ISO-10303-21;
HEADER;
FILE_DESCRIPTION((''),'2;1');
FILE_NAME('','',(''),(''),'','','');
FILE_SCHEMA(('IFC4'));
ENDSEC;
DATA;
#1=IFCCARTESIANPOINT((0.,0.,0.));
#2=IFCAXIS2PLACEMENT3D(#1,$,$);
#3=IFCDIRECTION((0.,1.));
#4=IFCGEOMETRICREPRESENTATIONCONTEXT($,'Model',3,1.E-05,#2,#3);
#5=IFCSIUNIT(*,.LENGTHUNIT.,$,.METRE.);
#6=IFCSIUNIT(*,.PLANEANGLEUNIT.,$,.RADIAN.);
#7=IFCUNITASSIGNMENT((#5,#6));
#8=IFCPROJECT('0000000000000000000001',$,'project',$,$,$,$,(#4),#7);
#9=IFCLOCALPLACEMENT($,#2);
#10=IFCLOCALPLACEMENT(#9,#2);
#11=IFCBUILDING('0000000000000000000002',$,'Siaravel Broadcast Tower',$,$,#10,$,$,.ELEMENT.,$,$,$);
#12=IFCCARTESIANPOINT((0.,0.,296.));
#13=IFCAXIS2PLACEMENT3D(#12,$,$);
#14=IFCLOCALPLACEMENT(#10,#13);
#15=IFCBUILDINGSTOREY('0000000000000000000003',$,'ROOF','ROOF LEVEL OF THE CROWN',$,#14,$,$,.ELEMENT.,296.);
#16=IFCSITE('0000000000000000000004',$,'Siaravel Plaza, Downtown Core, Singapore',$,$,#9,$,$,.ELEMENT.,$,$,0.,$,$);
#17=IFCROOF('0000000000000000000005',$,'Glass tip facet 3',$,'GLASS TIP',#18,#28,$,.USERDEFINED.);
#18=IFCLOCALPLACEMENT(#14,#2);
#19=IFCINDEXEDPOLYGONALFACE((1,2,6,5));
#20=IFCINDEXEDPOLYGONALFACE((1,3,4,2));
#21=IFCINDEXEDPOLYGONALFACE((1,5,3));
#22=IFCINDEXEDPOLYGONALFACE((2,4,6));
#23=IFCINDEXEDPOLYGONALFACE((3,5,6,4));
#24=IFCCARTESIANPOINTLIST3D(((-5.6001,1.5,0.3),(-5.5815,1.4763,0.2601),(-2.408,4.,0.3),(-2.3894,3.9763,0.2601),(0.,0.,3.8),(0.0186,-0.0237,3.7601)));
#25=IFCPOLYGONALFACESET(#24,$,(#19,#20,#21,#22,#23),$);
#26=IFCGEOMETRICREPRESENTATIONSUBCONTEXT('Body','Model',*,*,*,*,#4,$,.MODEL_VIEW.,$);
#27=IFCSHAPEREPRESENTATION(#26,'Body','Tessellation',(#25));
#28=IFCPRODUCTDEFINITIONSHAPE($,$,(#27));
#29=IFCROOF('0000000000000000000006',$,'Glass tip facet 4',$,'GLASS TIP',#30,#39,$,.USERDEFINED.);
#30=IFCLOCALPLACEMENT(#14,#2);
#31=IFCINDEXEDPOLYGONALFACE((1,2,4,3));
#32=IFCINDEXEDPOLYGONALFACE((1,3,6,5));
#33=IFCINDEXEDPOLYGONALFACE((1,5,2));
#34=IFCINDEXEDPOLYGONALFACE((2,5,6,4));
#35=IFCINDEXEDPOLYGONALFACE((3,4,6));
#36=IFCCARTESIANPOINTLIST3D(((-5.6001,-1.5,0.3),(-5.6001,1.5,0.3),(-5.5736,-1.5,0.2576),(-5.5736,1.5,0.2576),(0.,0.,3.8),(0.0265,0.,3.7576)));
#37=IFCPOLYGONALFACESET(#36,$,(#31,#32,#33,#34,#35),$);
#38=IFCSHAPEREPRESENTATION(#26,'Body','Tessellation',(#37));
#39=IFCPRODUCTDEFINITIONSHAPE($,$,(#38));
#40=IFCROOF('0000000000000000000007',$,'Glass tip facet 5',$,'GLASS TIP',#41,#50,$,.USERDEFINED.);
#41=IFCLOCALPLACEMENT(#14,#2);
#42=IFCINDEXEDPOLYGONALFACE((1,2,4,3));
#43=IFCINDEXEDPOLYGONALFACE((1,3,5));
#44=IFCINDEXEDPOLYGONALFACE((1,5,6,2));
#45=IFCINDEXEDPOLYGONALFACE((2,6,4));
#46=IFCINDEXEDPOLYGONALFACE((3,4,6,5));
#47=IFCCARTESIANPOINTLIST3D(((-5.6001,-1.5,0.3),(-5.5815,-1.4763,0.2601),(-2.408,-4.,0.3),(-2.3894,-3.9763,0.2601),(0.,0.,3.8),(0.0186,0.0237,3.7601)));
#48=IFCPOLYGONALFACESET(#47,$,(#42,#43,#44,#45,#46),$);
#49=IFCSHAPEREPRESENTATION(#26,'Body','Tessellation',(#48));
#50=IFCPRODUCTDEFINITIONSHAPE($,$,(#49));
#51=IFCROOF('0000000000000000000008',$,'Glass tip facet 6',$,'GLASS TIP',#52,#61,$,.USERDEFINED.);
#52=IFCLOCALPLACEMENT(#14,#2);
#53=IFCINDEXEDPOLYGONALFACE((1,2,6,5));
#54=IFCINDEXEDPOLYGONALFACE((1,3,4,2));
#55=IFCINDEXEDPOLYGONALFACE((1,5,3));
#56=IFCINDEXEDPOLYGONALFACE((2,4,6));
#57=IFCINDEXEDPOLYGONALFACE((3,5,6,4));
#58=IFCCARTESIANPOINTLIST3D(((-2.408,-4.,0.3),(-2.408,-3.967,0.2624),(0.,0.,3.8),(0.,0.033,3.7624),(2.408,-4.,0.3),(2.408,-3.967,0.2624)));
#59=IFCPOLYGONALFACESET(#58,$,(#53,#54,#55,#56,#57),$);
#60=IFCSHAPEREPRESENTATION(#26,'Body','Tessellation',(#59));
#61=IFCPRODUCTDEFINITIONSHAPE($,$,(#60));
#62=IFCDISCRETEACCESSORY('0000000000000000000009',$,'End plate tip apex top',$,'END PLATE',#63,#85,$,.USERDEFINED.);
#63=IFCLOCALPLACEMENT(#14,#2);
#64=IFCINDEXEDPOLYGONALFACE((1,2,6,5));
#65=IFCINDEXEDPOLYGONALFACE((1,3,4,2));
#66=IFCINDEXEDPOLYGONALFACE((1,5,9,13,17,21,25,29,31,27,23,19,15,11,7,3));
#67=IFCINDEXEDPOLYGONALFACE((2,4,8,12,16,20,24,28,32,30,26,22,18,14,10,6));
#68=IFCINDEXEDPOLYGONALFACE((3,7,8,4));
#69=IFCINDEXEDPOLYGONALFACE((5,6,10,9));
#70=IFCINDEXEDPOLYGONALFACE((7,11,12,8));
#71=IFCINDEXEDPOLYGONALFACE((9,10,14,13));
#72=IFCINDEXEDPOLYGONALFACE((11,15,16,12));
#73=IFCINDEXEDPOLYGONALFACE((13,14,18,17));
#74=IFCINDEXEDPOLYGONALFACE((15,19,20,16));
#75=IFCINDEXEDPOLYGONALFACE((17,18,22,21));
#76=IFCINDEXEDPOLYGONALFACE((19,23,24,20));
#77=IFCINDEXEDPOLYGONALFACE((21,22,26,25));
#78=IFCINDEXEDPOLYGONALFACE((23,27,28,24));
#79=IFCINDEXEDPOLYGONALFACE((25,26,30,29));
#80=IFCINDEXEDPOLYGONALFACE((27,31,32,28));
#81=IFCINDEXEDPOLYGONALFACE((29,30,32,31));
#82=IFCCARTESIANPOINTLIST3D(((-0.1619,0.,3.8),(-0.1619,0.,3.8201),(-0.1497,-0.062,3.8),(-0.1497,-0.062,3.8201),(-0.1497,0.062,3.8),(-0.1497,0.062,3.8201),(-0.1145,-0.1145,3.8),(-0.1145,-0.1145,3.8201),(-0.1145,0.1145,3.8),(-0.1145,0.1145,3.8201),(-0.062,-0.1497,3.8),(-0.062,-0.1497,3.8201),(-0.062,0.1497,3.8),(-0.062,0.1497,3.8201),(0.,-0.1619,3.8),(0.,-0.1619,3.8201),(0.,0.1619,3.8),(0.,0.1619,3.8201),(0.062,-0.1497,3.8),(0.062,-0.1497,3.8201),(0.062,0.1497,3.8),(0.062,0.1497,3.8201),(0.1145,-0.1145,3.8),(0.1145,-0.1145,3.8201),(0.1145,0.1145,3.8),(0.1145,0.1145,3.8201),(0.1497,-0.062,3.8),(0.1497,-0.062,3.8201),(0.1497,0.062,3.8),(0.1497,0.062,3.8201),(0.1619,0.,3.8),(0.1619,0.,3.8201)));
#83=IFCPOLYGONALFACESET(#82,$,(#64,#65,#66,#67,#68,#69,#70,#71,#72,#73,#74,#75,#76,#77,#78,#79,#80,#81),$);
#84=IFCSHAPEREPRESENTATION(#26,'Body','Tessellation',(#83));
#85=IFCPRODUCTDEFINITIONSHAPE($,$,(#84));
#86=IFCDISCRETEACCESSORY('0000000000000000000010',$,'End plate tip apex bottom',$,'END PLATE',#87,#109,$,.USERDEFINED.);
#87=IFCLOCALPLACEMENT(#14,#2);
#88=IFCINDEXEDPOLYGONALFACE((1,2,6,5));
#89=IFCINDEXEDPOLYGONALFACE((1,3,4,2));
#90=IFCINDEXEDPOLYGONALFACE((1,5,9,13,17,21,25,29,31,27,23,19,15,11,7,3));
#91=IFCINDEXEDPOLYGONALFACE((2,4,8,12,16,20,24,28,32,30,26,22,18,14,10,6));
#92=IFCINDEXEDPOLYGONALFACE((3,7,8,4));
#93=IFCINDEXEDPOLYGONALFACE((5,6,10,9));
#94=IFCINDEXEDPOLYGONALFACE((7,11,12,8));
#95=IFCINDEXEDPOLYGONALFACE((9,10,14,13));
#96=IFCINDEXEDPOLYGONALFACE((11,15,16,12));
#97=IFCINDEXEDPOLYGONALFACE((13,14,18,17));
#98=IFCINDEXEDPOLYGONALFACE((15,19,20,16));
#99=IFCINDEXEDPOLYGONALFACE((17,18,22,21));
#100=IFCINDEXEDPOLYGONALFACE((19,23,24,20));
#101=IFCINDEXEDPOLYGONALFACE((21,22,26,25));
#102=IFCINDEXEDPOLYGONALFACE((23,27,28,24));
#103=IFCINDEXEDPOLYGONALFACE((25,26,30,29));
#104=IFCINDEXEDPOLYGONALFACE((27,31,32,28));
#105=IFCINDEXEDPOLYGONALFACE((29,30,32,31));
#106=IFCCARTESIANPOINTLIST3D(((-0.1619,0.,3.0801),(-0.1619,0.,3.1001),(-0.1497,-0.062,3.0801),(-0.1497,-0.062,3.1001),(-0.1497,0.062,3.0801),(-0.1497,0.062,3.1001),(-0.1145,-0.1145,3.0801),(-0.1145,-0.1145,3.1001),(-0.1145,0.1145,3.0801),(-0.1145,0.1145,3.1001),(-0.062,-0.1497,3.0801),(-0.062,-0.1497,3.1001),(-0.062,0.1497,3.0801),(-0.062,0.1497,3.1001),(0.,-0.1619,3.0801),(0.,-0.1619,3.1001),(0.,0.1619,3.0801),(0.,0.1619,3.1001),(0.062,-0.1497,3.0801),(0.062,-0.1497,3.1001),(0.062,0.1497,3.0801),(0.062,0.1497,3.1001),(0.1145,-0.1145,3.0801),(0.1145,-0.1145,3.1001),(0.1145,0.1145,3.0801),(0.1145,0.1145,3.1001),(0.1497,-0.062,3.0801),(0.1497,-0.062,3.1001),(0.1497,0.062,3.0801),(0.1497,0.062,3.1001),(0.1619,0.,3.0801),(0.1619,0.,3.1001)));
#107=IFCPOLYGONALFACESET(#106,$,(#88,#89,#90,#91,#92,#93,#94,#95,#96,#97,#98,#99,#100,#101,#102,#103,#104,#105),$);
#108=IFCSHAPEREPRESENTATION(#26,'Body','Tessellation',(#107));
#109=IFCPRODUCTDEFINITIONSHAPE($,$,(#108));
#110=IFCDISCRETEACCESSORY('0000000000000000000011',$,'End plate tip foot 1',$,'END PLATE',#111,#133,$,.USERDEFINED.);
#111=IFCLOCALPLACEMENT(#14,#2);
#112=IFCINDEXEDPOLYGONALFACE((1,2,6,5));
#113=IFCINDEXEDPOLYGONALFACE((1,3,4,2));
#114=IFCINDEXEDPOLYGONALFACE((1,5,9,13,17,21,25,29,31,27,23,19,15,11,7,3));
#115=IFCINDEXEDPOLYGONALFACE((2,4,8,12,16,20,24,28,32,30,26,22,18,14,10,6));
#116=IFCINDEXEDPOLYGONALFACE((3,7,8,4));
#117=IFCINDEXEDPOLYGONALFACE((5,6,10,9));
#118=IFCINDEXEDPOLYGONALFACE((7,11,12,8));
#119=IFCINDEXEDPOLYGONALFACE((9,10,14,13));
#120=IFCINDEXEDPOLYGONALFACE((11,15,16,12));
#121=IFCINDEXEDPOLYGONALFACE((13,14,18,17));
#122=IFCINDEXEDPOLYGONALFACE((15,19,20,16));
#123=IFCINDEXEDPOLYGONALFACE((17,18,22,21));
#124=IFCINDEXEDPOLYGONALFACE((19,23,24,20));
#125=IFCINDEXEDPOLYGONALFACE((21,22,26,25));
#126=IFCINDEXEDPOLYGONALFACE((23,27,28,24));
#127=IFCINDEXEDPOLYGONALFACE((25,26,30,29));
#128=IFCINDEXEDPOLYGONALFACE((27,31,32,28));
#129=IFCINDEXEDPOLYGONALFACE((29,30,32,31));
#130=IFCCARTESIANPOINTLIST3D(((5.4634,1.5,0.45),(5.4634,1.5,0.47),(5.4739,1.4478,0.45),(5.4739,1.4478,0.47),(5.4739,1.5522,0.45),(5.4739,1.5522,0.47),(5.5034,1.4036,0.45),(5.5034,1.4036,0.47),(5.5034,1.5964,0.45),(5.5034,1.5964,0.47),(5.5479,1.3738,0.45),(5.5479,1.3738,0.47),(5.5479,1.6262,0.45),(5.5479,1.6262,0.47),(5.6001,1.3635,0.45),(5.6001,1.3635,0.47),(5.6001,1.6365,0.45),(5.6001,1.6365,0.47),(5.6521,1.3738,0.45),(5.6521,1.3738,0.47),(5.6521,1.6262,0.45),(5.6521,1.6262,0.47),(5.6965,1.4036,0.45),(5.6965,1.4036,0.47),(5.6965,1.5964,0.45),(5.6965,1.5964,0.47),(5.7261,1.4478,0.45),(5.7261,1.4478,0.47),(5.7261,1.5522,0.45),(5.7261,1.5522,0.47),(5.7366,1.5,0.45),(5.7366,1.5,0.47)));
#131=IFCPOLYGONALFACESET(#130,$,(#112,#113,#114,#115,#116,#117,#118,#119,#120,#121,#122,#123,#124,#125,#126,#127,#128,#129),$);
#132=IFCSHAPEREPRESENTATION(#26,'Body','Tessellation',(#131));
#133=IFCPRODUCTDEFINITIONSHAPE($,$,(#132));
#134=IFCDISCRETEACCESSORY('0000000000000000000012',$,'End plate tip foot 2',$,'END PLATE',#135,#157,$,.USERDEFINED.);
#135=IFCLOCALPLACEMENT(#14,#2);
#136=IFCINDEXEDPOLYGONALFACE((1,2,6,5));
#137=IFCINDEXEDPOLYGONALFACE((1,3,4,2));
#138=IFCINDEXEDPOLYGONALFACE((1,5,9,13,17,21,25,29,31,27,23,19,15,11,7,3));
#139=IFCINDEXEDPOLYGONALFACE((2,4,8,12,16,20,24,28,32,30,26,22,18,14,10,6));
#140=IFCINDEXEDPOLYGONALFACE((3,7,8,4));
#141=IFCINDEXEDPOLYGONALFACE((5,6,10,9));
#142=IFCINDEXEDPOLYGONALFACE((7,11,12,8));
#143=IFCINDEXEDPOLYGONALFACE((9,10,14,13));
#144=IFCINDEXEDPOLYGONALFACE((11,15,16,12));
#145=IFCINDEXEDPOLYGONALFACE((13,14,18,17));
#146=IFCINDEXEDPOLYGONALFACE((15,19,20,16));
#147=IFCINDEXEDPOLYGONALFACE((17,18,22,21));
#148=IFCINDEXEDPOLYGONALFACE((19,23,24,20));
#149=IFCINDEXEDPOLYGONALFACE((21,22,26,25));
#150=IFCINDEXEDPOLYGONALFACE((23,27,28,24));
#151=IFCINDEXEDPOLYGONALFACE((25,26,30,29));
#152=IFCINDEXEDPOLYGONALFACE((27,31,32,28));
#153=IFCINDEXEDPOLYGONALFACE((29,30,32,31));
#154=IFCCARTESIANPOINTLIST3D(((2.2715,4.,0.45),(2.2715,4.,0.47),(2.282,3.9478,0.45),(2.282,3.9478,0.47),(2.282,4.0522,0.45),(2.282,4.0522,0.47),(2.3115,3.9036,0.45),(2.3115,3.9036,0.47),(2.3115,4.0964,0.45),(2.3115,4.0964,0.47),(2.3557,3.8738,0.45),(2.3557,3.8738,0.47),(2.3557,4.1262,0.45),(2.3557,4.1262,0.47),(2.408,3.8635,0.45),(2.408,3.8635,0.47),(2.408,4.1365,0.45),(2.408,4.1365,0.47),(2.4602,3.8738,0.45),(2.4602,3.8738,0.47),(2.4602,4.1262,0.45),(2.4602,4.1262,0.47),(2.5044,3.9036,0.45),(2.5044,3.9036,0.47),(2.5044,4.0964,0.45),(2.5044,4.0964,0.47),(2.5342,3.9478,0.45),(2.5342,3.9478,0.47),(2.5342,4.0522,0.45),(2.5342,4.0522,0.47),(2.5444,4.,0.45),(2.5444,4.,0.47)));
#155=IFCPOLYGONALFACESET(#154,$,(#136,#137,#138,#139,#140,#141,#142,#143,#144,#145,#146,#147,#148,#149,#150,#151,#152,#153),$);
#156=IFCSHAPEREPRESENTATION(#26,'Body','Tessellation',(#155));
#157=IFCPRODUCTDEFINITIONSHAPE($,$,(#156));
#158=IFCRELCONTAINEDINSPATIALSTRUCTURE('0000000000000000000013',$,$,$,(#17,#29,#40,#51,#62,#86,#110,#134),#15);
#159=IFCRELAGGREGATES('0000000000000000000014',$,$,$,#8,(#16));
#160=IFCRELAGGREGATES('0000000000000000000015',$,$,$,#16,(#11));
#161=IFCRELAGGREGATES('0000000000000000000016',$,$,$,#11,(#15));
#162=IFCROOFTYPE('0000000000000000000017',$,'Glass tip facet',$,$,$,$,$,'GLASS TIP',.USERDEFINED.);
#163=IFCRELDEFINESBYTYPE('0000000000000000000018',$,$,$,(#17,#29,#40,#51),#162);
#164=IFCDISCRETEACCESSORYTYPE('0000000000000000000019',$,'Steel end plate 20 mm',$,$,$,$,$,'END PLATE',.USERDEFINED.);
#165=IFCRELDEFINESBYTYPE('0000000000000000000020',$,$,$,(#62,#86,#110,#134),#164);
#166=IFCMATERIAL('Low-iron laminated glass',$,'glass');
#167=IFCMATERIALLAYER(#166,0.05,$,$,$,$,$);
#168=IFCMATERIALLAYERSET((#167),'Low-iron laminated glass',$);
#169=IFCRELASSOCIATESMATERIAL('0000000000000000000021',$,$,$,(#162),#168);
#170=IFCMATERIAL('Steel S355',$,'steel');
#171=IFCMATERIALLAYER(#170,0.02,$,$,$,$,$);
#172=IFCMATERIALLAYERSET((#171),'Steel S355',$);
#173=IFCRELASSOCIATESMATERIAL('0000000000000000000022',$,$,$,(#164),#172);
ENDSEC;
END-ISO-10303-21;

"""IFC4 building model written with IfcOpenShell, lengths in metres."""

from ifc_helpers import new_model, si_unit, direction, frame, origin, place, context, subcontext, project, spatial, polyline, outline, extrude, material, layer, layer_set, type_object, element, save


model = new_model("IFC4")

# Units and contexts
model_context = context("Model", 3, precision=1e-05, world=origin(), true_north=direction((0.0, 1.0)))
body_context = subcontext(model_context, "Body", "Model", "MODEL_VIEW")
ifc_project = project(units=[si_unit("LENGTHUNIT", "METRE"), si_unit("PLANEANGLEUNIT", "RADIAN")], contexts=[model_context])

# Site, building, storey
site_placement = place(None, origin())
site = spatial("IfcSite", under=ifc_project, at=site_placement, Name="Siaravel Plaza, Downtown Core, Singapore", CompositionType="ELEMENT", RefElevation=0.0)
building_placement = place(site_placement, origin())
building = spatial("IfcBuilding", under=site, at=building_placement, Name="Siaravel Broadcast Tower", CompositionType="ELEMENT")
storey_placement = place(building_placement, frame((0.0, 0.0, 296.0)))
storey = spatial("IfcBuildingStorey", under=building, at=storey_placement, Name="ROOF", Description="ROOF LEVEL OF THE CROWN", CompositionType="ELEMENT", Elevation=296.0)

# Roofs
ifc_material_1 = material(Name="Low-iron laminated glass", Category="glass")
ifc_layer_1 = layer(ifc_material_1, 0.05)
ifc_layer_set_1 = layer_set([ifc_layer_1], Name="Low-iron laminated glass")
roof_type = type_object("IfcRoofType", Name="Glass tip facet", ElementType="GLASS TIP", PredefinedType="USERDEFINED", material=ifc_layer_set_1)
roof_1_placement = place(storey_placement, frame((-2.408, 4.0, 0.3), z_axis=(-0.37162, 0.474505, 0.797962), x_axis=(-0.787289, -0.616584, 0.0)))
element("IfcRoof", 1, at=roof_1_placement, inside=storey, type_object=roof_type, Name="Glass tip facet 3", ObjectType="GLASS TIP", PredefinedType="USERDEFINED", context=body_context, shape_type="SweptSolid", body=[
    extrude(outline(polyline([(0.0, 0.0), (4.0546, 0.0), (0.5706, 5.8071), (0.0, 0.0)])), origin(), (0.0, 0.0, -1.0), 0.05),
])
roof_2_placement = place(storey_placement, frame((-5.6001, 1.5, 0.3), z_axis=(-0.529992, 0.0, 0.848002), x_axis=(0.0, -1.0, 0.0)))
element("IfcRoof", 2, at=roof_2_placement, inside=storey, type_object=roof_type, Name="Glass tip facet 4", ObjectType="GLASS TIP", PredefinedType="USERDEFINED", context=body_context, shape_type="SweptSolid", body=[
    extrude(outline(polyline([(0.0, 0.0), (3.0, 0.0), (1.5, 6.6039), (0.0, 0.0)])), origin(), (0.0, 0.0, -1.0), 0.05),
])
roof_3_placement = place(storey_placement, frame((-5.6001, -1.5, 0.3), z_axis=(-0.37162, -0.474505, 0.797962), x_axis=(0.787289, -0.616584, 0.0)))
element("IfcRoof", 3, at=roof_3_placement, inside=storey, type_object=roof_type, Name="Glass tip facet 5", ObjectType="GLASS TIP", PredefinedType="USERDEFINED", context=body_context, shape_type="SweptSolid", body=[
    extrude(outline(polyline([(0.0, 0.0), (4.0546, 0.0), (3.484, 5.8071), (0.0, 0.0)])), origin(), (0.0, 0.0, -1.0), 0.05),
])
roof_4_placement = place(storey_placement, frame((-2.408, -4.0, 0.3), z_axis=(0.0, -0.658505, 0.752577), x_axis=(1.0, 0.0, 0.0)))
element("IfcRoof", 4, at=roof_4_placement, inside=storey, type_object=roof_type, Name="Glass tip facet 6", ObjectType="GLASS TIP", PredefinedType="USERDEFINED", context=body_context, shape_type="SweptSolid", body=[
    extrude(outline(polyline([(0.0, 0.0), (4.8159, 0.0), (2.408, 5.3151), (0.0, 0.0)])), origin(), (0.0, 0.0, -1.0), 0.05),
])

# Discrete accessories
ifc_material_2 = material(Name="Steel S355", Category="steel")
ifc_layer_2 = layer(ifc_material_2, 0.02)
ifc_layer_set_2 = layer_set([ifc_layer_2], Name="Steel S355")
discrete_accessory_type = type_object("IfcDiscreteAccessoryType", Name="Steel end plate 20 mm", ElementType="END PLATE", PredefinedType="USERDEFINED", material=ifc_layer_set_2)
for number, where, name in (
    (5, (0.0, 0.0, 3.8), "End plate tip apex top"),
    (6, (0.0, 0.0, 3.0801), "End plate tip apex bottom"),
):
    element("IfcDiscreteAccessory", number, at=place(storey_placement, frame(where)), inside=storey, type_object=discrete_accessory_type, Name=name, ObjectType="END PLATE", PredefinedType="USERDEFINED", context=body_context, shape_type="SweptSolid", body=[
        extrude(outline(polyline([(0.1619, 0.0), (0.1497, 0.062), (0.1145, 0.1145), (0.062, 0.1497), (0.0, 0.1619), (-0.062, 0.1497), (-0.1145, 0.1145), (-0.1497, 0.062), (-0.1619, 0.0), (-0.1497, -0.062), (-0.1145, -0.1145), (-0.062, -0.1497), (0.0, -0.1619), (0.062, -0.1497), (0.1145, -0.1145), (0.1497, -0.062), (0.1619, 0.0)])), origin(), (0.0, 0.0, 1.0), 0.02),
    ])
discrete_accessory_1_placement = place(storey_placement, frame((0.0, 0.0, 0.45)))
element("IfcDiscreteAccessory", 7, at=discrete_accessory_1_placement, inside=storey, type_object=discrete_accessory_type, Name="End plate tip foot 1", ObjectType="END PLATE", PredefinedType="USERDEFINED", context=body_context, shape_type="SweptSolid", body=[
    extrude(outline(polyline([(5.7366, 1.5), (5.7261, 1.5522), (5.6965, 1.5964), (5.6521, 1.6262), (5.6001, 1.6365), (5.5479, 1.6262), (5.5034, 1.5964), (5.4739, 1.5522), (5.4634, 1.5), (5.4739, 1.4478), (5.5034, 1.4036), (5.5479, 1.3738), (5.6001, 1.3635), (5.6521, 1.3738), (5.6965, 1.4036), (5.7261, 1.4478), (5.7366, 1.5)])), origin(), (0.0, 0.0, 1.0), 0.02),
])
discrete_accessory_2_placement = place(storey_placement, frame((0.0, 0.0, 0.45)))
element("IfcDiscreteAccessory", 8, at=discrete_accessory_2_placement, inside=storey, type_object=discrete_accessory_type, Name="End plate tip foot 2", ObjectType="END PLATE", PredefinedType="USERDEFINED", context=body_context, shape_type="SweptSolid", body=[
    extrude(outline(polyline([(2.5444, 4.0), (2.5342, 4.0522), (2.5044, 4.0964), (2.4602, 4.1262), (2.408, 4.1365), (2.3557, 4.1262), (2.3115, 4.0964), (2.282, 4.0522), (2.2715, 4.0), (2.282, 3.9478), (2.3115, 3.9036), (2.3557, 3.8738), (2.408, 3.8635), (2.4602, 3.8738), (2.5044, 3.9036), (2.5342, 3.9478), (2.5444, 4.0)])), origin(), (0.0, 0.0, 1.0), 0.02),
])

save(model, "model.ifc")
